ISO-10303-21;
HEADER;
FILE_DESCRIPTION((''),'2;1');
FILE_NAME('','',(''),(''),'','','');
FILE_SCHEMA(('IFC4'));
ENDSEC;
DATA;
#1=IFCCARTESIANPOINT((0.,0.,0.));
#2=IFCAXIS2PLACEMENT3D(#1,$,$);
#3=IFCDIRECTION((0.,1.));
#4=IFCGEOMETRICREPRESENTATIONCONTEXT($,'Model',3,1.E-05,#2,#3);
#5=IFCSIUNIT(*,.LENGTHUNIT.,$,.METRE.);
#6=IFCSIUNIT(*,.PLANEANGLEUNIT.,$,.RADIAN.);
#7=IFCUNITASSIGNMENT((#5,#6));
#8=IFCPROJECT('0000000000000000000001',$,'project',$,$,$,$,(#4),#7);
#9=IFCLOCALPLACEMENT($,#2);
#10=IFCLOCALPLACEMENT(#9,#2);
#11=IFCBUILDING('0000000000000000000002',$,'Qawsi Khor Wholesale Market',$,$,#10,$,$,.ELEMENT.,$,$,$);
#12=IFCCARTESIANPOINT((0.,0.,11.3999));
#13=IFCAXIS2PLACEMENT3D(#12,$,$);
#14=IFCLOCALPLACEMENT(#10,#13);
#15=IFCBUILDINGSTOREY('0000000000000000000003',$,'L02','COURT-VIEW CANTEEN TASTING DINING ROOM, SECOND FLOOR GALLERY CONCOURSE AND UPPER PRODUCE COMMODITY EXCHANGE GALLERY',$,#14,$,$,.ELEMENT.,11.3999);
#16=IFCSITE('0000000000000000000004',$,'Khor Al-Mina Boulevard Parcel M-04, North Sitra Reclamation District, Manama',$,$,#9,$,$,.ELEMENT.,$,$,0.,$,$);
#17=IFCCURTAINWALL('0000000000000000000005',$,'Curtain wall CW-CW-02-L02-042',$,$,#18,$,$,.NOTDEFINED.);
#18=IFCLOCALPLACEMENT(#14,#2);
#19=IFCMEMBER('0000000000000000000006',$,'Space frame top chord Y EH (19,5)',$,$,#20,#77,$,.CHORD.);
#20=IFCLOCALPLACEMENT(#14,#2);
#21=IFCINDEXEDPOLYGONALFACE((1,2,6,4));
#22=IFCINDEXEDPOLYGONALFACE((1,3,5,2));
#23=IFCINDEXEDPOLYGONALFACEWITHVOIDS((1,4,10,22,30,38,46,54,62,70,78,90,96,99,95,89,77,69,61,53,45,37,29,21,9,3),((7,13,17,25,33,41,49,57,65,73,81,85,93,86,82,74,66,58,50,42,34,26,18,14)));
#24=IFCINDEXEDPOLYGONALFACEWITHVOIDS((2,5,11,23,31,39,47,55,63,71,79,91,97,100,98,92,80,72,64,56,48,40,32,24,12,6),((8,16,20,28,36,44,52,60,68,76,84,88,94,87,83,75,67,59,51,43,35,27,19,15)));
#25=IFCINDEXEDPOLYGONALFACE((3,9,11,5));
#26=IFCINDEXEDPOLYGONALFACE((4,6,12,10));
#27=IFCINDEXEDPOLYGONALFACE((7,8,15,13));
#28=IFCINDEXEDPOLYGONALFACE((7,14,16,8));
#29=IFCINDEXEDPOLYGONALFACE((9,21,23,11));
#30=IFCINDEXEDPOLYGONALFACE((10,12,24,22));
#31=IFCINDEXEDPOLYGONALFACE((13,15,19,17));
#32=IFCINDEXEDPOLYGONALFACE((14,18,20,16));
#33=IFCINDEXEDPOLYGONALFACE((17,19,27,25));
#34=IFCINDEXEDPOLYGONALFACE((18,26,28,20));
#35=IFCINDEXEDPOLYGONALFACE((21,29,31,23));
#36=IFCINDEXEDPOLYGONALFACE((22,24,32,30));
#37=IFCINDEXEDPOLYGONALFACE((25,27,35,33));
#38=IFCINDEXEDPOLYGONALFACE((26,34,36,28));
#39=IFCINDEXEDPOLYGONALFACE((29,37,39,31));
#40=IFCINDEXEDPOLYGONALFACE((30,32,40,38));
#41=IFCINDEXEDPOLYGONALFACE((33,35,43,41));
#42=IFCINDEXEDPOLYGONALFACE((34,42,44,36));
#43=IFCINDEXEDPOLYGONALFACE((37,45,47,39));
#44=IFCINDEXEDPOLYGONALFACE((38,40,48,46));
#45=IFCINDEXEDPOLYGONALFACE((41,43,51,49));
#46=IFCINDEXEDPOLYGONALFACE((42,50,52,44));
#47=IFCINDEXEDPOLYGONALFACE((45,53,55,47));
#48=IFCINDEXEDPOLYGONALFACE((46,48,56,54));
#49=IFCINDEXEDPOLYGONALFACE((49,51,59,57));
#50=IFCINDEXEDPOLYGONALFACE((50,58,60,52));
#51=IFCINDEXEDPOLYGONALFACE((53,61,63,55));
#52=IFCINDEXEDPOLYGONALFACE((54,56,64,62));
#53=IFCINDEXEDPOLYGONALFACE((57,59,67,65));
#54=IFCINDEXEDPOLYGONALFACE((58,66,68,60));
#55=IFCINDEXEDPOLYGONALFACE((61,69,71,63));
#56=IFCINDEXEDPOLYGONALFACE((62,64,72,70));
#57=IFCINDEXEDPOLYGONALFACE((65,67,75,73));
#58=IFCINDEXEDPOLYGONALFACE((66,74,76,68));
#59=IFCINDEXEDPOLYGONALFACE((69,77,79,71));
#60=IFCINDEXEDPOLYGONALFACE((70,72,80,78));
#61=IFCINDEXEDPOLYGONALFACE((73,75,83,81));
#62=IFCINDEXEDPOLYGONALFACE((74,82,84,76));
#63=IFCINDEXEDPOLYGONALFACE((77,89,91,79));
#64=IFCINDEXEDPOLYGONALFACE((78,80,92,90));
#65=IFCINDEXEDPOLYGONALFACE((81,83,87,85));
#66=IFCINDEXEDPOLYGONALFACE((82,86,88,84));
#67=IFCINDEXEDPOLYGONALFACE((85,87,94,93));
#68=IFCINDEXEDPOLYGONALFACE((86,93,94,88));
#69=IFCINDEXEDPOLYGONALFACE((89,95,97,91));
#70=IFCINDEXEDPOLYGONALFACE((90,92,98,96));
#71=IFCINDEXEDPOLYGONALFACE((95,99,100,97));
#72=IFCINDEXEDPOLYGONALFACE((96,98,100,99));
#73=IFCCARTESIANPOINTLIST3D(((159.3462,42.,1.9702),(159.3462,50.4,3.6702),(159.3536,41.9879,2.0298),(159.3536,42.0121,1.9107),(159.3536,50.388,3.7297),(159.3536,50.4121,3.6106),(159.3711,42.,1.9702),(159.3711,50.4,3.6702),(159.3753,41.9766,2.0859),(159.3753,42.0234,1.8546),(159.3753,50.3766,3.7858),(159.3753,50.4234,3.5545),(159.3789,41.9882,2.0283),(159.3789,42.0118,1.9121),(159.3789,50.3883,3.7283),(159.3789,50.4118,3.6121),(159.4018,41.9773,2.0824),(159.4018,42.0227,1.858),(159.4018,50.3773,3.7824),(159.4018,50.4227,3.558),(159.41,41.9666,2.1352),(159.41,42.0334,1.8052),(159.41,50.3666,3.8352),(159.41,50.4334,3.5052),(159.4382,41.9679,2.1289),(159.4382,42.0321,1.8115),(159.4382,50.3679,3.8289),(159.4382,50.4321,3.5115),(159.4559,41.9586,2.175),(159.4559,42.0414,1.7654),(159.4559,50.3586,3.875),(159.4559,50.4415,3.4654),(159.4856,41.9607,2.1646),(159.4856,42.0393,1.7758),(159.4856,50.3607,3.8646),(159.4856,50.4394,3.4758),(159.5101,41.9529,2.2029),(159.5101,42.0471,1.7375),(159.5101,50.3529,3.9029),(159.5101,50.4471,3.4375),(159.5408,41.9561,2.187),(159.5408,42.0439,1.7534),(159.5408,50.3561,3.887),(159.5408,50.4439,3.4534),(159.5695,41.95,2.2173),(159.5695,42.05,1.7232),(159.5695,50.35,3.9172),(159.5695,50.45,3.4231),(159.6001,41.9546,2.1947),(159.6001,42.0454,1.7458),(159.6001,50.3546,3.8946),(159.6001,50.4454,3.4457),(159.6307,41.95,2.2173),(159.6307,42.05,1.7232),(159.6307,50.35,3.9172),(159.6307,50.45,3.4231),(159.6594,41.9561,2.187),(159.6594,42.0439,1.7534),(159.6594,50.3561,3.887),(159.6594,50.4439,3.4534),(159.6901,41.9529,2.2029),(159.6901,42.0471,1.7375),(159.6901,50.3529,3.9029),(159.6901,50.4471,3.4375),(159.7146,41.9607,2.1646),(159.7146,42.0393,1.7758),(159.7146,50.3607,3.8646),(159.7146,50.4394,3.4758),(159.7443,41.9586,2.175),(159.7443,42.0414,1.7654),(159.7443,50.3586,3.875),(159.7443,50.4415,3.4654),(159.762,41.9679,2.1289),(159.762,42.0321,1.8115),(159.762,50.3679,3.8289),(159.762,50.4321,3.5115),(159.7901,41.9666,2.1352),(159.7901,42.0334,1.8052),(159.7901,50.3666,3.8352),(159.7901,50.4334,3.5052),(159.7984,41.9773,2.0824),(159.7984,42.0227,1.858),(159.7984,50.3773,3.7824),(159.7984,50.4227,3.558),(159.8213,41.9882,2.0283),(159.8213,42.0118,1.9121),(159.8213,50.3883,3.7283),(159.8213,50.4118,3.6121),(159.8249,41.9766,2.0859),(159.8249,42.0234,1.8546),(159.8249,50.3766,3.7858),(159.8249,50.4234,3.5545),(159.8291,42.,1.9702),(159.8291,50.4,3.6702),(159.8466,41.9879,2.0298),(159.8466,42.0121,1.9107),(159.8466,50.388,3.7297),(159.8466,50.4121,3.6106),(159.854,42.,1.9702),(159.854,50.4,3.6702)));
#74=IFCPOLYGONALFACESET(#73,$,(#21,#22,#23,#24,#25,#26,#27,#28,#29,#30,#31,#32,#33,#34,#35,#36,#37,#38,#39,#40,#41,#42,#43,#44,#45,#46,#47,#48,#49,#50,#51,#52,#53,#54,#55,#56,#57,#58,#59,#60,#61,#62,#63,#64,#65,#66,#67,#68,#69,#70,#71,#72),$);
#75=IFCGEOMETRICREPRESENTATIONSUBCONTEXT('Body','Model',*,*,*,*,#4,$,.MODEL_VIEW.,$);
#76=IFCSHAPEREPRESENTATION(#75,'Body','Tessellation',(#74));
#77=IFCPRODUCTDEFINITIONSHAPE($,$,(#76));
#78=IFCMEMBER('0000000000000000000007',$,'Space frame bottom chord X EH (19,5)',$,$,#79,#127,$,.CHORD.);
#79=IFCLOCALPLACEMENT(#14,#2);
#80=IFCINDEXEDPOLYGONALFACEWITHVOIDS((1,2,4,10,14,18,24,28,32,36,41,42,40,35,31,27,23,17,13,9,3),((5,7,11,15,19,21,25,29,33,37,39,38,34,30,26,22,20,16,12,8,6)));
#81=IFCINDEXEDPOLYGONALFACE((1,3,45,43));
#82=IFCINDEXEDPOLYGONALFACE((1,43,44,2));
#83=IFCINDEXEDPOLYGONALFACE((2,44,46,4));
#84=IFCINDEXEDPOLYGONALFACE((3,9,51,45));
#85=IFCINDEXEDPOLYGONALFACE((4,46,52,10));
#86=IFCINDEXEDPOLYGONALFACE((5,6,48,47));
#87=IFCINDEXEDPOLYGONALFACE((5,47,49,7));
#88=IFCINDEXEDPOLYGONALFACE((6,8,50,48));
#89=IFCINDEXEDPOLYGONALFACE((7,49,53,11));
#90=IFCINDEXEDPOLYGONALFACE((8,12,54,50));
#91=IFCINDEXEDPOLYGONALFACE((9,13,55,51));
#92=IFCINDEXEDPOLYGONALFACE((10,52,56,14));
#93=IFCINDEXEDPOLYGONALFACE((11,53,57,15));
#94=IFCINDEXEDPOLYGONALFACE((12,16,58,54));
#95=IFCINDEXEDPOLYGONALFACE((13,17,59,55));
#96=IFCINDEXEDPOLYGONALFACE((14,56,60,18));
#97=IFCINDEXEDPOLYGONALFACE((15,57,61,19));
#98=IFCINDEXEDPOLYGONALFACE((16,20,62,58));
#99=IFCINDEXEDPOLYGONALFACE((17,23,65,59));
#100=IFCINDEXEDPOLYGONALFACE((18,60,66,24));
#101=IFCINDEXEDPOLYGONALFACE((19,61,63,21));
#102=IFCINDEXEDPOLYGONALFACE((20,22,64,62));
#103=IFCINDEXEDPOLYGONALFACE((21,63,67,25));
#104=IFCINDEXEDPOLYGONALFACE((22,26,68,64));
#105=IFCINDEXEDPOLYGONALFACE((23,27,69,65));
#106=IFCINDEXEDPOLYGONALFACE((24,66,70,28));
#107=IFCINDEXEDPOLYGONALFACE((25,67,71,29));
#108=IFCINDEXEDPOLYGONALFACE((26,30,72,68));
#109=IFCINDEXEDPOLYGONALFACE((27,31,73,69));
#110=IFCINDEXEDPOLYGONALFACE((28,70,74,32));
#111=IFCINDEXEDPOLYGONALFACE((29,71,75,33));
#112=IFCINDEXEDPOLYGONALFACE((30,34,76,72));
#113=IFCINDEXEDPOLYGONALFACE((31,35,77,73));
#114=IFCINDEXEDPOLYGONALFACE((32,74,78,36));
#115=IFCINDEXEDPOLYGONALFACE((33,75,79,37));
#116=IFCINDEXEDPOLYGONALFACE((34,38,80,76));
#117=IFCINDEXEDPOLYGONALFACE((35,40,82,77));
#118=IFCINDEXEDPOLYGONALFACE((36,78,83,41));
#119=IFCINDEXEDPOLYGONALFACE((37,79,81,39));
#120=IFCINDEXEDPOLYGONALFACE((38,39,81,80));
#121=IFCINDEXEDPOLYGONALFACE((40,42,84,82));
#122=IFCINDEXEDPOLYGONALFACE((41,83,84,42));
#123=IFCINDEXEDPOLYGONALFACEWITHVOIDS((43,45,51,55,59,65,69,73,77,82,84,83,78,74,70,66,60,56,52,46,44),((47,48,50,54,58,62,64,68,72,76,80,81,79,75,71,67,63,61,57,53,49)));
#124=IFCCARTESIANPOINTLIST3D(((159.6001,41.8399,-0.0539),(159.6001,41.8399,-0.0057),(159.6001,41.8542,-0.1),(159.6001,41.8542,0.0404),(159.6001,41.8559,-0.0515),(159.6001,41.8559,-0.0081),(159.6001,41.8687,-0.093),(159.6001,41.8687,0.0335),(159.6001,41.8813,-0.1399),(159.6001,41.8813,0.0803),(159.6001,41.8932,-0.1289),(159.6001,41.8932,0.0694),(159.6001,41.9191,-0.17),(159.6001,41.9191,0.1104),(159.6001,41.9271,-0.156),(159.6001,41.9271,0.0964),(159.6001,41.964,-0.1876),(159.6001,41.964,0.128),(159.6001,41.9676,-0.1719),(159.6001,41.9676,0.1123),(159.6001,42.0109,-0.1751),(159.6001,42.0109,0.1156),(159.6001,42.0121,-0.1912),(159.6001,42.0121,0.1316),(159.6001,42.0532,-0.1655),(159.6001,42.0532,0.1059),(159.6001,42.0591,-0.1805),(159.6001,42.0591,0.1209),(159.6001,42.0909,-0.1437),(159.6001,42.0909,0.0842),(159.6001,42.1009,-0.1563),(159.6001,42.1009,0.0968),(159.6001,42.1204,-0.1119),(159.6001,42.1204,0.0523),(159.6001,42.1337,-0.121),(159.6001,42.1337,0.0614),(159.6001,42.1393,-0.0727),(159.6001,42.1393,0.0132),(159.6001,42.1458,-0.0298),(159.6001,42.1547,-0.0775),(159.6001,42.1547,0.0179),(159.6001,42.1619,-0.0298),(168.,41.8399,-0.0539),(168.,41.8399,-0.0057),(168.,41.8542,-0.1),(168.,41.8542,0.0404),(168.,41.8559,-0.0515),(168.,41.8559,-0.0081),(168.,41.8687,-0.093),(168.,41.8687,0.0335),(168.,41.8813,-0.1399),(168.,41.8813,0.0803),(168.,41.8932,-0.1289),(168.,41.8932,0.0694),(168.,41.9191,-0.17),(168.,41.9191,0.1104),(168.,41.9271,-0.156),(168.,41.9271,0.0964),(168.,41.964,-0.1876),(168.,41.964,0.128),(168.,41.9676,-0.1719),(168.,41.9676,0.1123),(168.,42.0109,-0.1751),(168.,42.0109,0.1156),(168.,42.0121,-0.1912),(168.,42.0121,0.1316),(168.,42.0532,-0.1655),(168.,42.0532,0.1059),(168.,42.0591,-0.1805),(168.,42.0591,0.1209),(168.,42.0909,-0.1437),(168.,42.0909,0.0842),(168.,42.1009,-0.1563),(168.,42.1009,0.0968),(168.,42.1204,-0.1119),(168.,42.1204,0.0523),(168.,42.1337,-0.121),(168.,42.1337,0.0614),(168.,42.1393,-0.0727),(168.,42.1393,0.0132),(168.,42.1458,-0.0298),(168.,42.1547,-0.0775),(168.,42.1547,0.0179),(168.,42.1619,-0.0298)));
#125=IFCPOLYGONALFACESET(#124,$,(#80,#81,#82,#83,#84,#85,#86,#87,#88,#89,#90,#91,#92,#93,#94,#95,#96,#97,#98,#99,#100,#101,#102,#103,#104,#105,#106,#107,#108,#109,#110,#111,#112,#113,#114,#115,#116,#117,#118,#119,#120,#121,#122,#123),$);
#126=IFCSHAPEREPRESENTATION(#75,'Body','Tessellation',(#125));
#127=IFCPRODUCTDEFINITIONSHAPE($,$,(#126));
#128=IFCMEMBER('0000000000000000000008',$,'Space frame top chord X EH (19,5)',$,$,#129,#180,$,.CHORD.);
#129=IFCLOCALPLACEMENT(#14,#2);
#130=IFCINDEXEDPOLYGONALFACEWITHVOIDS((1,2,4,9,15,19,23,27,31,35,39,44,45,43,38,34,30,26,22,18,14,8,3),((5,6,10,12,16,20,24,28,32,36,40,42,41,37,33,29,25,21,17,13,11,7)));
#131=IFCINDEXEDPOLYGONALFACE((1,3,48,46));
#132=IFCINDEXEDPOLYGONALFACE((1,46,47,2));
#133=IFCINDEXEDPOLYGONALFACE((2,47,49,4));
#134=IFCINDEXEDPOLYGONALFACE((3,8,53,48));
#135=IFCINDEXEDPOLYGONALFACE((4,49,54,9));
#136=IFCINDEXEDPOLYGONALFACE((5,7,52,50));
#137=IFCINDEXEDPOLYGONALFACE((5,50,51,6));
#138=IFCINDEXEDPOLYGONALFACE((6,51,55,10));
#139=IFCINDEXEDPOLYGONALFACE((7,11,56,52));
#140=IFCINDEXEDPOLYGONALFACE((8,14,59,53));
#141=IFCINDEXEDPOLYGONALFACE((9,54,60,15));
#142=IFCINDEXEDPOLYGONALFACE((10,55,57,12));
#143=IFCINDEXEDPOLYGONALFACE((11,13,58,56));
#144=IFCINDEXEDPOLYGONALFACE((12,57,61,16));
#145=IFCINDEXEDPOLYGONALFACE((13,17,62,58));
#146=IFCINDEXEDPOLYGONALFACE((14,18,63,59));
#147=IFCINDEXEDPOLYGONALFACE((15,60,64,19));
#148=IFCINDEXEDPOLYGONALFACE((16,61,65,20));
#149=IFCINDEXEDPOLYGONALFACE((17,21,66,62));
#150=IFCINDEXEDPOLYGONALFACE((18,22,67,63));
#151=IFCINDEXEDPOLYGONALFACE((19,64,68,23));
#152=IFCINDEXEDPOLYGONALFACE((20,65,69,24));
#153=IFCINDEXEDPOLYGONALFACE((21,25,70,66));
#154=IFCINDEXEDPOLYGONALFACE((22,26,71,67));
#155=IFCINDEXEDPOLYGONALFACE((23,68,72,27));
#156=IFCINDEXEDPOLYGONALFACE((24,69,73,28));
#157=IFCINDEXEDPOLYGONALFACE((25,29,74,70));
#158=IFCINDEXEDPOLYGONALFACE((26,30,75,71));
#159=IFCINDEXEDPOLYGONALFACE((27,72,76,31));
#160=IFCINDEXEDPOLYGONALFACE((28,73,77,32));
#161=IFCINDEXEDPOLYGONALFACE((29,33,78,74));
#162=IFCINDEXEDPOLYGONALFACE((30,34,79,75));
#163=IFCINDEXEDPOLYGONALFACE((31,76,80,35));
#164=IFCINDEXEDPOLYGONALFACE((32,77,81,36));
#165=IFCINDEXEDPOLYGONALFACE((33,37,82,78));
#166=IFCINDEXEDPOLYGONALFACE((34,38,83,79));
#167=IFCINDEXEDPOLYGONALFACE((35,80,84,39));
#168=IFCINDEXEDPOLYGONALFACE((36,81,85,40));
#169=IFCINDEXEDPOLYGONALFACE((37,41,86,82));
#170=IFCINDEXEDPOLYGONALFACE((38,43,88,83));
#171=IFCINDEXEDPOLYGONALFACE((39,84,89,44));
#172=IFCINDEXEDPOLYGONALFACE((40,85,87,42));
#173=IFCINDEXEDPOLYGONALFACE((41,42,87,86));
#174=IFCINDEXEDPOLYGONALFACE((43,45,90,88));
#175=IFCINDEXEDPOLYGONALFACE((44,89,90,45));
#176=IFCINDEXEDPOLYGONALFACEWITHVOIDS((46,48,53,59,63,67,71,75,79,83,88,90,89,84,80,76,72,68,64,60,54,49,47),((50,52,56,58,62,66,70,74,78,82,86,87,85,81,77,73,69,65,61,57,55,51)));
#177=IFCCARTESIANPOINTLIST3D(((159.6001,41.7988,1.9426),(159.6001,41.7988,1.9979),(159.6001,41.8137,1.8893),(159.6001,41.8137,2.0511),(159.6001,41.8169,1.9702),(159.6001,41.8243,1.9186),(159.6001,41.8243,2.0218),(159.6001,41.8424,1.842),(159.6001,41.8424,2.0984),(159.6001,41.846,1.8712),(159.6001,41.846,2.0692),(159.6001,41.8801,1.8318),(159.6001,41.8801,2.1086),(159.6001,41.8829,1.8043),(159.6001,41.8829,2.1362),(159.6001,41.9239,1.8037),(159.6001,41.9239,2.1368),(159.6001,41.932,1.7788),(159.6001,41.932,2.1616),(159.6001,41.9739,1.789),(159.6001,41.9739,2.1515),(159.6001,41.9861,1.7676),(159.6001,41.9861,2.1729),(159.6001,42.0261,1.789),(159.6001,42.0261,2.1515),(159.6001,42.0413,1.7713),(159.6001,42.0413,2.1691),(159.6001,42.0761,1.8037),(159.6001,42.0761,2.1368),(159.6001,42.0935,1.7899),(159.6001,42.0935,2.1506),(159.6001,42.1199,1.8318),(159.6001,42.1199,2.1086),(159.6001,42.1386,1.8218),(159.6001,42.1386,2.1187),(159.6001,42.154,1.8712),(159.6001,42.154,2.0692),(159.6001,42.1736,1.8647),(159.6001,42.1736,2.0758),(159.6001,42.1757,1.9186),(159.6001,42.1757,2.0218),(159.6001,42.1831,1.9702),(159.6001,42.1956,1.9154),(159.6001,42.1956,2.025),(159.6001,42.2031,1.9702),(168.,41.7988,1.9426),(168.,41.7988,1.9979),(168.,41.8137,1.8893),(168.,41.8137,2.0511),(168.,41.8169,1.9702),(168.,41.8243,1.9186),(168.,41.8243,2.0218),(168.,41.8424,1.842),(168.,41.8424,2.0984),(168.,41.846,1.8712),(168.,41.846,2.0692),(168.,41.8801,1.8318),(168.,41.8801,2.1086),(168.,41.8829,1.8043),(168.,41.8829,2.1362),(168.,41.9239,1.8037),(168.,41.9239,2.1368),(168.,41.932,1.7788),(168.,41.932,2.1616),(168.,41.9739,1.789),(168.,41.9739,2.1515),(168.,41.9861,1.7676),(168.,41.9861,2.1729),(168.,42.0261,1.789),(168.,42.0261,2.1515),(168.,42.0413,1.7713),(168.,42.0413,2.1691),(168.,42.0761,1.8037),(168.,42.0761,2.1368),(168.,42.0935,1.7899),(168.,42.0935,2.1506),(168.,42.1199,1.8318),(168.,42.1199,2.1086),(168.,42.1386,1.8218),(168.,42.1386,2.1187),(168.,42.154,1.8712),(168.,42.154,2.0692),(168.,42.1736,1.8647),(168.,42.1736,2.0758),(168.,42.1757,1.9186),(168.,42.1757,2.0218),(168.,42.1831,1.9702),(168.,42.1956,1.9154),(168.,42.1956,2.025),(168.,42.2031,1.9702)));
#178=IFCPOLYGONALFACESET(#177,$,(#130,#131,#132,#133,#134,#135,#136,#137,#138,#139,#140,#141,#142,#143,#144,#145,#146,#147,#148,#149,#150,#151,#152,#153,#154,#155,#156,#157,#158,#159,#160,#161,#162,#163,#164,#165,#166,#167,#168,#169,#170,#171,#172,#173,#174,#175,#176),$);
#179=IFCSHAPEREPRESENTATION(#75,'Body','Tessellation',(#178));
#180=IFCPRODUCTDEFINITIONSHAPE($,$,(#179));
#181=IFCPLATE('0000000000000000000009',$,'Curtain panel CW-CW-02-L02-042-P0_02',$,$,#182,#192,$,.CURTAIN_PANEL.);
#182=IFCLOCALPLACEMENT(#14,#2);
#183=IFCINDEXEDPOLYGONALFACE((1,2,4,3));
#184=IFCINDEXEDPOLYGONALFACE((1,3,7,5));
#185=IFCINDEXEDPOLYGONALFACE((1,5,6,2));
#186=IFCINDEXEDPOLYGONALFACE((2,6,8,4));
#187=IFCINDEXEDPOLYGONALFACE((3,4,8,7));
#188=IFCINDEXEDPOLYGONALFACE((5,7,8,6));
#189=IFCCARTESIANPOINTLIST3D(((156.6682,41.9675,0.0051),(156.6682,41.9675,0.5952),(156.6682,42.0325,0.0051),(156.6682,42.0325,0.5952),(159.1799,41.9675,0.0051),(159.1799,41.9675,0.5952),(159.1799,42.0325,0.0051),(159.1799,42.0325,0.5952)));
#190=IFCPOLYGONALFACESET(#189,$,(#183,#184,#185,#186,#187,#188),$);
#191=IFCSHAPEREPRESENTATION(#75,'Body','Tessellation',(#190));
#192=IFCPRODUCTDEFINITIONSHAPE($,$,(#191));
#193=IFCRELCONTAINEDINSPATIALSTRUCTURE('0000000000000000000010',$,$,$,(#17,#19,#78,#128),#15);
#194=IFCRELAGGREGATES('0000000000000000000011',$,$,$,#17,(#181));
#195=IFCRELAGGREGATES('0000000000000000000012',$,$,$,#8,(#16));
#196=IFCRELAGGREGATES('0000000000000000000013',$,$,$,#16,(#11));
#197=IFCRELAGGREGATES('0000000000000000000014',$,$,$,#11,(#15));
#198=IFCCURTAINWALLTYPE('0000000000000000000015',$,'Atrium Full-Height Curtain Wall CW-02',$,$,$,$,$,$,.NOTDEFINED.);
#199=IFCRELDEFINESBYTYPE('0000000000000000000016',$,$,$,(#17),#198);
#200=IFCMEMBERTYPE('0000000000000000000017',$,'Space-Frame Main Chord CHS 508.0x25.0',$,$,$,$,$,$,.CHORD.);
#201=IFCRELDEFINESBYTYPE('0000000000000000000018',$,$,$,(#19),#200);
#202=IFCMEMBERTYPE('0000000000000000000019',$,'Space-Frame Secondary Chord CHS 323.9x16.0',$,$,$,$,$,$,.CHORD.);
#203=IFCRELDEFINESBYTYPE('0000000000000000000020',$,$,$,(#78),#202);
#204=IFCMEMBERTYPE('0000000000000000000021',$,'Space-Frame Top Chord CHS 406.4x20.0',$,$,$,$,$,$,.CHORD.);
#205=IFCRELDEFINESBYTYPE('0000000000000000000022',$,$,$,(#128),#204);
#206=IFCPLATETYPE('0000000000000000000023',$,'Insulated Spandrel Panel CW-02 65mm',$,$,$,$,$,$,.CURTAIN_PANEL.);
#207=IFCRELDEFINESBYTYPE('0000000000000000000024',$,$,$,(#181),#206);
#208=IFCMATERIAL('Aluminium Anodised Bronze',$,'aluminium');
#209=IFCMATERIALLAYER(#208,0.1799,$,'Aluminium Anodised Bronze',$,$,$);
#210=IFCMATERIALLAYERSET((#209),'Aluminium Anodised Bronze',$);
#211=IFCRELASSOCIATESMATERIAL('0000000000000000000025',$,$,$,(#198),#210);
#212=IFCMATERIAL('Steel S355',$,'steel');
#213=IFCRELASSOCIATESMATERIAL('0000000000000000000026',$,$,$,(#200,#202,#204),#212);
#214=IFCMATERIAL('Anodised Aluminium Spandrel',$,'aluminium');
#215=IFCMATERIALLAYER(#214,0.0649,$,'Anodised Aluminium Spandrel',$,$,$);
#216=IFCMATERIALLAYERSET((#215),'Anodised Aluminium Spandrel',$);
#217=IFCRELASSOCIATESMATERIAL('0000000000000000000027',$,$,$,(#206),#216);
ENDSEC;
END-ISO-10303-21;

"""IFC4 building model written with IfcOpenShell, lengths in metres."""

from ifc_helpers import new_model, si_unit, direction, frame, frame_2d, origin, origin_2d, place, context, subcontext, project, spatial, rectangle, hollow_circle, extrude, material, layer, layer_set, material_profile, profile_set, type_object, element, aggregate, save


model = new_model("IFC4")

# Units and contexts
model_context = context("Model", 3, precision=1e-05, world=origin(), true_north=direction((0.0, 1.0)))
body_context = subcontext(model_context, "Body", "Model", "MODEL_VIEW")
ifc_project = project(units=[si_unit("LENGTHUNIT", "METRE"), si_unit("PLANEANGLEUNIT", "RADIAN")], contexts=[model_context])

# Site, building, storey
site_placement = place(None, origin())
site = spatial("IfcSite", under=ifc_project, at=site_placement, Name="Khor Al-Mina Boulevard Parcel M-04, North Sitra Reclamation District, Manama", CompositionType="ELEMENT", RefElevation=0.0)
building_placement = place(site_placement, origin())
building = spatial("IfcBuilding", under=site, at=building_placement, Name="Qawsi Khor Wholesale Market", CompositionType="ELEMENT")
storey_placement = place(building_placement, frame((0.0, 0.0, 11.3999)))
storey = spatial("IfcBuildingStorey", under=building, at=storey_placement, Name="L02", Description="COURT-VIEW CANTEEN TASTING DINING ROOM, SECOND FLOOR GALLERY CONCOURSE AND UPPER PRODUCE COMMODITY EXCHANGE GALLERY", CompositionType="ELEMENT", Elevation=11.3999)

# Curtain wall
ifc_material_1 = material(Name="Aluminium Anodised Bronze", Category="aluminium")
ifc_layer_1 = layer(ifc_material_1, 0.1799, Name="Aluminium Anodised Bronze")
ifc_layer_set_1 = layer_set([ifc_layer_1], Name="Aluminium Anodised Bronze")
curtain_wall_type = type_object("IfcCurtainWallType", Name="Atrium Full-Height Curtain Wall CW-02", PredefinedType="NOTDEFINED", material=ifc_layer_set_1)
curtain_wall_1_placement = place(storey_placement, origin())
curtain_wall_1 = element("IfcCurtainWall", 1, at=curtain_wall_1_placement, inside=storey, type_object=curtain_wall_type, Name="Curtain wall CW-CW-02-L02-042", PredefinedType="NOTDEFINED")

# Members
ifc_material_2 = material(Name="Steel S355", Category="steel")
ifc_material_profile_1 = material_profile(ifc_material_2, hollow_circle(Radius=0.2539, WallThickness=0.0249, at=origin_2d()), Name="CHS 508.0x25.0")
ifc_profile_set_1 = profile_set([ifc_material_profile_1], Name="Steel S355")
member_type_1 = type_object("IfcMemberType", Name="Space-Frame Main Chord CHS 508.0x25.0", PredefinedType="CHORD", material=ifc_profile_set_1)
member_1_placement = place(storey_placement, frame((159.6001, 42.0, 1.9702), z_axis=(0.0, 0.98013, 0.198356), x_axis=(-1.0, 0.0, 0.0)))
element("IfcMember", 2, at=member_1_placement, inside=storey, type_object=member_type_1, Name="Space frame top chord Y EH (19,5)", PredefinedType="CHORD", context=body_context, shape_type="SweptSolid", body=[
    extrude(hollow_circle(Radius=0.2539, WallThickness=0.0249, at=origin_2d()), origin(), (0.0, 0.0, 1.0), 8.5703),
])
ifc_material_profile_2 = material_profile(ifc_material_2, hollow_circle(Radius=0.1619, WallThickness=0.0161, at=origin_2d()), Name="CHS 323.9x16.0")
ifc_profile_set_2 = profile_set([ifc_material_profile_2], Name="Steel S355")
member_type_2 = type_object("IfcMemberType", Name="Space-Frame Secondary Chord CHS 323.9x16.0", PredefinedType="CHORD", material=ifc_profile_set_2)
member_2_placement = place(storey_placement, frame((159.6001, 42.0, -0.0298), z_axis=(1.0, 0.0, 0.0), x_axis=(0.0, 1.0, 0.0)))
element("IfcMember", 3, at=member_2_placement, inside=storey, type_object=member_type_2, Name="Space frame bottom chord X EH (19,5)", PredefinedType="CHORD", context=body_context, shape_type="SweptSolid", body=[
    extrude(hollow_circle(Radius=0.1619, WallThickness=0.0161, at=origin_2d()), origin(), (0.0, 0.0, 1.0), 8.3999),
])
ifc_material_profile_3 = material_profile(ifc_material_2, hollow_circle(Radius=0.2031, WallThickness=0.02, at=origin_2d()), Name="CHS 406.4x20.0")
ifc_profile_set_3 = profile_set([ifc_material_profile_3], Name="Steel S355")
member_type_3 = type_object("IfcMemberType", Name="Space-Frame Top Chord CHS 406.4x20.0", PredefinedType="CHORD", material=ifc_profile_set_3)
member_3_placement = place(storey_placement, frame((159.6001, 42.0, 1.9702), z_axis=(1.0, 0.0, 0.0), x_axis=(0.0, 1.0, 0.0)))
element("IfcMember", 4, at=member_3_placement, inside=storey, type_object=member_type_3, Name="Space frame top chord X EH (19,5)", PredefinedType="CHORD", context=body_context, shape_type="SweptSolid", body=[
    extrude(hollow_circle(Radius=0.2031, WallThickness=0.02, at=origin_2d()), origin(), (0.0, 0.0, 1.0), 8.3999),
])

# Plate
ifc_material_3 = material(Name="Anodised Aluminium Spandrel", Category="aluminium")
ifc_layer_2 = layer(ifc_material_3, 0.0649, Name="Anodised Aluminium Spandrel")
ifc_layer_set_2 = layer_set([ifc_layer_2], Name="Anodised Aluminium Spandrel")
plate_type_1 = type_object("IfcPlateType", Name="Insulated Spandrel Panel CW-02 65mm", PredefinedType="CURTAIN_PANEL", material=ifc_layer_set_2)
plate_1_placement = place(storey_placement, frame((156.6682, 42.0, 0.0051), z_axis=(0.0, 0.0, 1.0), x_axis=(1.0, 0.0, 0.0)))
plate_1 = element("IfcPlate", 5, at=plate_1_placement, type_object=plate_type_1, Name="Curtain panel CW-CW-02-L02-042-P0_02", PredefinedType="CURTAIN_PANEL", context=body_context, shape_type="SweptSolid", body=[
    extrude(rectangle(XDim=2.5117, YDim=0.0649, at=frame_2d((1.2559, 0.0))), origin(), (0.0, 0.0, 1.0), 0.5901),
])

aggregate(curtain_wall_1, [plate_1])

save(model, "model.ifc")
